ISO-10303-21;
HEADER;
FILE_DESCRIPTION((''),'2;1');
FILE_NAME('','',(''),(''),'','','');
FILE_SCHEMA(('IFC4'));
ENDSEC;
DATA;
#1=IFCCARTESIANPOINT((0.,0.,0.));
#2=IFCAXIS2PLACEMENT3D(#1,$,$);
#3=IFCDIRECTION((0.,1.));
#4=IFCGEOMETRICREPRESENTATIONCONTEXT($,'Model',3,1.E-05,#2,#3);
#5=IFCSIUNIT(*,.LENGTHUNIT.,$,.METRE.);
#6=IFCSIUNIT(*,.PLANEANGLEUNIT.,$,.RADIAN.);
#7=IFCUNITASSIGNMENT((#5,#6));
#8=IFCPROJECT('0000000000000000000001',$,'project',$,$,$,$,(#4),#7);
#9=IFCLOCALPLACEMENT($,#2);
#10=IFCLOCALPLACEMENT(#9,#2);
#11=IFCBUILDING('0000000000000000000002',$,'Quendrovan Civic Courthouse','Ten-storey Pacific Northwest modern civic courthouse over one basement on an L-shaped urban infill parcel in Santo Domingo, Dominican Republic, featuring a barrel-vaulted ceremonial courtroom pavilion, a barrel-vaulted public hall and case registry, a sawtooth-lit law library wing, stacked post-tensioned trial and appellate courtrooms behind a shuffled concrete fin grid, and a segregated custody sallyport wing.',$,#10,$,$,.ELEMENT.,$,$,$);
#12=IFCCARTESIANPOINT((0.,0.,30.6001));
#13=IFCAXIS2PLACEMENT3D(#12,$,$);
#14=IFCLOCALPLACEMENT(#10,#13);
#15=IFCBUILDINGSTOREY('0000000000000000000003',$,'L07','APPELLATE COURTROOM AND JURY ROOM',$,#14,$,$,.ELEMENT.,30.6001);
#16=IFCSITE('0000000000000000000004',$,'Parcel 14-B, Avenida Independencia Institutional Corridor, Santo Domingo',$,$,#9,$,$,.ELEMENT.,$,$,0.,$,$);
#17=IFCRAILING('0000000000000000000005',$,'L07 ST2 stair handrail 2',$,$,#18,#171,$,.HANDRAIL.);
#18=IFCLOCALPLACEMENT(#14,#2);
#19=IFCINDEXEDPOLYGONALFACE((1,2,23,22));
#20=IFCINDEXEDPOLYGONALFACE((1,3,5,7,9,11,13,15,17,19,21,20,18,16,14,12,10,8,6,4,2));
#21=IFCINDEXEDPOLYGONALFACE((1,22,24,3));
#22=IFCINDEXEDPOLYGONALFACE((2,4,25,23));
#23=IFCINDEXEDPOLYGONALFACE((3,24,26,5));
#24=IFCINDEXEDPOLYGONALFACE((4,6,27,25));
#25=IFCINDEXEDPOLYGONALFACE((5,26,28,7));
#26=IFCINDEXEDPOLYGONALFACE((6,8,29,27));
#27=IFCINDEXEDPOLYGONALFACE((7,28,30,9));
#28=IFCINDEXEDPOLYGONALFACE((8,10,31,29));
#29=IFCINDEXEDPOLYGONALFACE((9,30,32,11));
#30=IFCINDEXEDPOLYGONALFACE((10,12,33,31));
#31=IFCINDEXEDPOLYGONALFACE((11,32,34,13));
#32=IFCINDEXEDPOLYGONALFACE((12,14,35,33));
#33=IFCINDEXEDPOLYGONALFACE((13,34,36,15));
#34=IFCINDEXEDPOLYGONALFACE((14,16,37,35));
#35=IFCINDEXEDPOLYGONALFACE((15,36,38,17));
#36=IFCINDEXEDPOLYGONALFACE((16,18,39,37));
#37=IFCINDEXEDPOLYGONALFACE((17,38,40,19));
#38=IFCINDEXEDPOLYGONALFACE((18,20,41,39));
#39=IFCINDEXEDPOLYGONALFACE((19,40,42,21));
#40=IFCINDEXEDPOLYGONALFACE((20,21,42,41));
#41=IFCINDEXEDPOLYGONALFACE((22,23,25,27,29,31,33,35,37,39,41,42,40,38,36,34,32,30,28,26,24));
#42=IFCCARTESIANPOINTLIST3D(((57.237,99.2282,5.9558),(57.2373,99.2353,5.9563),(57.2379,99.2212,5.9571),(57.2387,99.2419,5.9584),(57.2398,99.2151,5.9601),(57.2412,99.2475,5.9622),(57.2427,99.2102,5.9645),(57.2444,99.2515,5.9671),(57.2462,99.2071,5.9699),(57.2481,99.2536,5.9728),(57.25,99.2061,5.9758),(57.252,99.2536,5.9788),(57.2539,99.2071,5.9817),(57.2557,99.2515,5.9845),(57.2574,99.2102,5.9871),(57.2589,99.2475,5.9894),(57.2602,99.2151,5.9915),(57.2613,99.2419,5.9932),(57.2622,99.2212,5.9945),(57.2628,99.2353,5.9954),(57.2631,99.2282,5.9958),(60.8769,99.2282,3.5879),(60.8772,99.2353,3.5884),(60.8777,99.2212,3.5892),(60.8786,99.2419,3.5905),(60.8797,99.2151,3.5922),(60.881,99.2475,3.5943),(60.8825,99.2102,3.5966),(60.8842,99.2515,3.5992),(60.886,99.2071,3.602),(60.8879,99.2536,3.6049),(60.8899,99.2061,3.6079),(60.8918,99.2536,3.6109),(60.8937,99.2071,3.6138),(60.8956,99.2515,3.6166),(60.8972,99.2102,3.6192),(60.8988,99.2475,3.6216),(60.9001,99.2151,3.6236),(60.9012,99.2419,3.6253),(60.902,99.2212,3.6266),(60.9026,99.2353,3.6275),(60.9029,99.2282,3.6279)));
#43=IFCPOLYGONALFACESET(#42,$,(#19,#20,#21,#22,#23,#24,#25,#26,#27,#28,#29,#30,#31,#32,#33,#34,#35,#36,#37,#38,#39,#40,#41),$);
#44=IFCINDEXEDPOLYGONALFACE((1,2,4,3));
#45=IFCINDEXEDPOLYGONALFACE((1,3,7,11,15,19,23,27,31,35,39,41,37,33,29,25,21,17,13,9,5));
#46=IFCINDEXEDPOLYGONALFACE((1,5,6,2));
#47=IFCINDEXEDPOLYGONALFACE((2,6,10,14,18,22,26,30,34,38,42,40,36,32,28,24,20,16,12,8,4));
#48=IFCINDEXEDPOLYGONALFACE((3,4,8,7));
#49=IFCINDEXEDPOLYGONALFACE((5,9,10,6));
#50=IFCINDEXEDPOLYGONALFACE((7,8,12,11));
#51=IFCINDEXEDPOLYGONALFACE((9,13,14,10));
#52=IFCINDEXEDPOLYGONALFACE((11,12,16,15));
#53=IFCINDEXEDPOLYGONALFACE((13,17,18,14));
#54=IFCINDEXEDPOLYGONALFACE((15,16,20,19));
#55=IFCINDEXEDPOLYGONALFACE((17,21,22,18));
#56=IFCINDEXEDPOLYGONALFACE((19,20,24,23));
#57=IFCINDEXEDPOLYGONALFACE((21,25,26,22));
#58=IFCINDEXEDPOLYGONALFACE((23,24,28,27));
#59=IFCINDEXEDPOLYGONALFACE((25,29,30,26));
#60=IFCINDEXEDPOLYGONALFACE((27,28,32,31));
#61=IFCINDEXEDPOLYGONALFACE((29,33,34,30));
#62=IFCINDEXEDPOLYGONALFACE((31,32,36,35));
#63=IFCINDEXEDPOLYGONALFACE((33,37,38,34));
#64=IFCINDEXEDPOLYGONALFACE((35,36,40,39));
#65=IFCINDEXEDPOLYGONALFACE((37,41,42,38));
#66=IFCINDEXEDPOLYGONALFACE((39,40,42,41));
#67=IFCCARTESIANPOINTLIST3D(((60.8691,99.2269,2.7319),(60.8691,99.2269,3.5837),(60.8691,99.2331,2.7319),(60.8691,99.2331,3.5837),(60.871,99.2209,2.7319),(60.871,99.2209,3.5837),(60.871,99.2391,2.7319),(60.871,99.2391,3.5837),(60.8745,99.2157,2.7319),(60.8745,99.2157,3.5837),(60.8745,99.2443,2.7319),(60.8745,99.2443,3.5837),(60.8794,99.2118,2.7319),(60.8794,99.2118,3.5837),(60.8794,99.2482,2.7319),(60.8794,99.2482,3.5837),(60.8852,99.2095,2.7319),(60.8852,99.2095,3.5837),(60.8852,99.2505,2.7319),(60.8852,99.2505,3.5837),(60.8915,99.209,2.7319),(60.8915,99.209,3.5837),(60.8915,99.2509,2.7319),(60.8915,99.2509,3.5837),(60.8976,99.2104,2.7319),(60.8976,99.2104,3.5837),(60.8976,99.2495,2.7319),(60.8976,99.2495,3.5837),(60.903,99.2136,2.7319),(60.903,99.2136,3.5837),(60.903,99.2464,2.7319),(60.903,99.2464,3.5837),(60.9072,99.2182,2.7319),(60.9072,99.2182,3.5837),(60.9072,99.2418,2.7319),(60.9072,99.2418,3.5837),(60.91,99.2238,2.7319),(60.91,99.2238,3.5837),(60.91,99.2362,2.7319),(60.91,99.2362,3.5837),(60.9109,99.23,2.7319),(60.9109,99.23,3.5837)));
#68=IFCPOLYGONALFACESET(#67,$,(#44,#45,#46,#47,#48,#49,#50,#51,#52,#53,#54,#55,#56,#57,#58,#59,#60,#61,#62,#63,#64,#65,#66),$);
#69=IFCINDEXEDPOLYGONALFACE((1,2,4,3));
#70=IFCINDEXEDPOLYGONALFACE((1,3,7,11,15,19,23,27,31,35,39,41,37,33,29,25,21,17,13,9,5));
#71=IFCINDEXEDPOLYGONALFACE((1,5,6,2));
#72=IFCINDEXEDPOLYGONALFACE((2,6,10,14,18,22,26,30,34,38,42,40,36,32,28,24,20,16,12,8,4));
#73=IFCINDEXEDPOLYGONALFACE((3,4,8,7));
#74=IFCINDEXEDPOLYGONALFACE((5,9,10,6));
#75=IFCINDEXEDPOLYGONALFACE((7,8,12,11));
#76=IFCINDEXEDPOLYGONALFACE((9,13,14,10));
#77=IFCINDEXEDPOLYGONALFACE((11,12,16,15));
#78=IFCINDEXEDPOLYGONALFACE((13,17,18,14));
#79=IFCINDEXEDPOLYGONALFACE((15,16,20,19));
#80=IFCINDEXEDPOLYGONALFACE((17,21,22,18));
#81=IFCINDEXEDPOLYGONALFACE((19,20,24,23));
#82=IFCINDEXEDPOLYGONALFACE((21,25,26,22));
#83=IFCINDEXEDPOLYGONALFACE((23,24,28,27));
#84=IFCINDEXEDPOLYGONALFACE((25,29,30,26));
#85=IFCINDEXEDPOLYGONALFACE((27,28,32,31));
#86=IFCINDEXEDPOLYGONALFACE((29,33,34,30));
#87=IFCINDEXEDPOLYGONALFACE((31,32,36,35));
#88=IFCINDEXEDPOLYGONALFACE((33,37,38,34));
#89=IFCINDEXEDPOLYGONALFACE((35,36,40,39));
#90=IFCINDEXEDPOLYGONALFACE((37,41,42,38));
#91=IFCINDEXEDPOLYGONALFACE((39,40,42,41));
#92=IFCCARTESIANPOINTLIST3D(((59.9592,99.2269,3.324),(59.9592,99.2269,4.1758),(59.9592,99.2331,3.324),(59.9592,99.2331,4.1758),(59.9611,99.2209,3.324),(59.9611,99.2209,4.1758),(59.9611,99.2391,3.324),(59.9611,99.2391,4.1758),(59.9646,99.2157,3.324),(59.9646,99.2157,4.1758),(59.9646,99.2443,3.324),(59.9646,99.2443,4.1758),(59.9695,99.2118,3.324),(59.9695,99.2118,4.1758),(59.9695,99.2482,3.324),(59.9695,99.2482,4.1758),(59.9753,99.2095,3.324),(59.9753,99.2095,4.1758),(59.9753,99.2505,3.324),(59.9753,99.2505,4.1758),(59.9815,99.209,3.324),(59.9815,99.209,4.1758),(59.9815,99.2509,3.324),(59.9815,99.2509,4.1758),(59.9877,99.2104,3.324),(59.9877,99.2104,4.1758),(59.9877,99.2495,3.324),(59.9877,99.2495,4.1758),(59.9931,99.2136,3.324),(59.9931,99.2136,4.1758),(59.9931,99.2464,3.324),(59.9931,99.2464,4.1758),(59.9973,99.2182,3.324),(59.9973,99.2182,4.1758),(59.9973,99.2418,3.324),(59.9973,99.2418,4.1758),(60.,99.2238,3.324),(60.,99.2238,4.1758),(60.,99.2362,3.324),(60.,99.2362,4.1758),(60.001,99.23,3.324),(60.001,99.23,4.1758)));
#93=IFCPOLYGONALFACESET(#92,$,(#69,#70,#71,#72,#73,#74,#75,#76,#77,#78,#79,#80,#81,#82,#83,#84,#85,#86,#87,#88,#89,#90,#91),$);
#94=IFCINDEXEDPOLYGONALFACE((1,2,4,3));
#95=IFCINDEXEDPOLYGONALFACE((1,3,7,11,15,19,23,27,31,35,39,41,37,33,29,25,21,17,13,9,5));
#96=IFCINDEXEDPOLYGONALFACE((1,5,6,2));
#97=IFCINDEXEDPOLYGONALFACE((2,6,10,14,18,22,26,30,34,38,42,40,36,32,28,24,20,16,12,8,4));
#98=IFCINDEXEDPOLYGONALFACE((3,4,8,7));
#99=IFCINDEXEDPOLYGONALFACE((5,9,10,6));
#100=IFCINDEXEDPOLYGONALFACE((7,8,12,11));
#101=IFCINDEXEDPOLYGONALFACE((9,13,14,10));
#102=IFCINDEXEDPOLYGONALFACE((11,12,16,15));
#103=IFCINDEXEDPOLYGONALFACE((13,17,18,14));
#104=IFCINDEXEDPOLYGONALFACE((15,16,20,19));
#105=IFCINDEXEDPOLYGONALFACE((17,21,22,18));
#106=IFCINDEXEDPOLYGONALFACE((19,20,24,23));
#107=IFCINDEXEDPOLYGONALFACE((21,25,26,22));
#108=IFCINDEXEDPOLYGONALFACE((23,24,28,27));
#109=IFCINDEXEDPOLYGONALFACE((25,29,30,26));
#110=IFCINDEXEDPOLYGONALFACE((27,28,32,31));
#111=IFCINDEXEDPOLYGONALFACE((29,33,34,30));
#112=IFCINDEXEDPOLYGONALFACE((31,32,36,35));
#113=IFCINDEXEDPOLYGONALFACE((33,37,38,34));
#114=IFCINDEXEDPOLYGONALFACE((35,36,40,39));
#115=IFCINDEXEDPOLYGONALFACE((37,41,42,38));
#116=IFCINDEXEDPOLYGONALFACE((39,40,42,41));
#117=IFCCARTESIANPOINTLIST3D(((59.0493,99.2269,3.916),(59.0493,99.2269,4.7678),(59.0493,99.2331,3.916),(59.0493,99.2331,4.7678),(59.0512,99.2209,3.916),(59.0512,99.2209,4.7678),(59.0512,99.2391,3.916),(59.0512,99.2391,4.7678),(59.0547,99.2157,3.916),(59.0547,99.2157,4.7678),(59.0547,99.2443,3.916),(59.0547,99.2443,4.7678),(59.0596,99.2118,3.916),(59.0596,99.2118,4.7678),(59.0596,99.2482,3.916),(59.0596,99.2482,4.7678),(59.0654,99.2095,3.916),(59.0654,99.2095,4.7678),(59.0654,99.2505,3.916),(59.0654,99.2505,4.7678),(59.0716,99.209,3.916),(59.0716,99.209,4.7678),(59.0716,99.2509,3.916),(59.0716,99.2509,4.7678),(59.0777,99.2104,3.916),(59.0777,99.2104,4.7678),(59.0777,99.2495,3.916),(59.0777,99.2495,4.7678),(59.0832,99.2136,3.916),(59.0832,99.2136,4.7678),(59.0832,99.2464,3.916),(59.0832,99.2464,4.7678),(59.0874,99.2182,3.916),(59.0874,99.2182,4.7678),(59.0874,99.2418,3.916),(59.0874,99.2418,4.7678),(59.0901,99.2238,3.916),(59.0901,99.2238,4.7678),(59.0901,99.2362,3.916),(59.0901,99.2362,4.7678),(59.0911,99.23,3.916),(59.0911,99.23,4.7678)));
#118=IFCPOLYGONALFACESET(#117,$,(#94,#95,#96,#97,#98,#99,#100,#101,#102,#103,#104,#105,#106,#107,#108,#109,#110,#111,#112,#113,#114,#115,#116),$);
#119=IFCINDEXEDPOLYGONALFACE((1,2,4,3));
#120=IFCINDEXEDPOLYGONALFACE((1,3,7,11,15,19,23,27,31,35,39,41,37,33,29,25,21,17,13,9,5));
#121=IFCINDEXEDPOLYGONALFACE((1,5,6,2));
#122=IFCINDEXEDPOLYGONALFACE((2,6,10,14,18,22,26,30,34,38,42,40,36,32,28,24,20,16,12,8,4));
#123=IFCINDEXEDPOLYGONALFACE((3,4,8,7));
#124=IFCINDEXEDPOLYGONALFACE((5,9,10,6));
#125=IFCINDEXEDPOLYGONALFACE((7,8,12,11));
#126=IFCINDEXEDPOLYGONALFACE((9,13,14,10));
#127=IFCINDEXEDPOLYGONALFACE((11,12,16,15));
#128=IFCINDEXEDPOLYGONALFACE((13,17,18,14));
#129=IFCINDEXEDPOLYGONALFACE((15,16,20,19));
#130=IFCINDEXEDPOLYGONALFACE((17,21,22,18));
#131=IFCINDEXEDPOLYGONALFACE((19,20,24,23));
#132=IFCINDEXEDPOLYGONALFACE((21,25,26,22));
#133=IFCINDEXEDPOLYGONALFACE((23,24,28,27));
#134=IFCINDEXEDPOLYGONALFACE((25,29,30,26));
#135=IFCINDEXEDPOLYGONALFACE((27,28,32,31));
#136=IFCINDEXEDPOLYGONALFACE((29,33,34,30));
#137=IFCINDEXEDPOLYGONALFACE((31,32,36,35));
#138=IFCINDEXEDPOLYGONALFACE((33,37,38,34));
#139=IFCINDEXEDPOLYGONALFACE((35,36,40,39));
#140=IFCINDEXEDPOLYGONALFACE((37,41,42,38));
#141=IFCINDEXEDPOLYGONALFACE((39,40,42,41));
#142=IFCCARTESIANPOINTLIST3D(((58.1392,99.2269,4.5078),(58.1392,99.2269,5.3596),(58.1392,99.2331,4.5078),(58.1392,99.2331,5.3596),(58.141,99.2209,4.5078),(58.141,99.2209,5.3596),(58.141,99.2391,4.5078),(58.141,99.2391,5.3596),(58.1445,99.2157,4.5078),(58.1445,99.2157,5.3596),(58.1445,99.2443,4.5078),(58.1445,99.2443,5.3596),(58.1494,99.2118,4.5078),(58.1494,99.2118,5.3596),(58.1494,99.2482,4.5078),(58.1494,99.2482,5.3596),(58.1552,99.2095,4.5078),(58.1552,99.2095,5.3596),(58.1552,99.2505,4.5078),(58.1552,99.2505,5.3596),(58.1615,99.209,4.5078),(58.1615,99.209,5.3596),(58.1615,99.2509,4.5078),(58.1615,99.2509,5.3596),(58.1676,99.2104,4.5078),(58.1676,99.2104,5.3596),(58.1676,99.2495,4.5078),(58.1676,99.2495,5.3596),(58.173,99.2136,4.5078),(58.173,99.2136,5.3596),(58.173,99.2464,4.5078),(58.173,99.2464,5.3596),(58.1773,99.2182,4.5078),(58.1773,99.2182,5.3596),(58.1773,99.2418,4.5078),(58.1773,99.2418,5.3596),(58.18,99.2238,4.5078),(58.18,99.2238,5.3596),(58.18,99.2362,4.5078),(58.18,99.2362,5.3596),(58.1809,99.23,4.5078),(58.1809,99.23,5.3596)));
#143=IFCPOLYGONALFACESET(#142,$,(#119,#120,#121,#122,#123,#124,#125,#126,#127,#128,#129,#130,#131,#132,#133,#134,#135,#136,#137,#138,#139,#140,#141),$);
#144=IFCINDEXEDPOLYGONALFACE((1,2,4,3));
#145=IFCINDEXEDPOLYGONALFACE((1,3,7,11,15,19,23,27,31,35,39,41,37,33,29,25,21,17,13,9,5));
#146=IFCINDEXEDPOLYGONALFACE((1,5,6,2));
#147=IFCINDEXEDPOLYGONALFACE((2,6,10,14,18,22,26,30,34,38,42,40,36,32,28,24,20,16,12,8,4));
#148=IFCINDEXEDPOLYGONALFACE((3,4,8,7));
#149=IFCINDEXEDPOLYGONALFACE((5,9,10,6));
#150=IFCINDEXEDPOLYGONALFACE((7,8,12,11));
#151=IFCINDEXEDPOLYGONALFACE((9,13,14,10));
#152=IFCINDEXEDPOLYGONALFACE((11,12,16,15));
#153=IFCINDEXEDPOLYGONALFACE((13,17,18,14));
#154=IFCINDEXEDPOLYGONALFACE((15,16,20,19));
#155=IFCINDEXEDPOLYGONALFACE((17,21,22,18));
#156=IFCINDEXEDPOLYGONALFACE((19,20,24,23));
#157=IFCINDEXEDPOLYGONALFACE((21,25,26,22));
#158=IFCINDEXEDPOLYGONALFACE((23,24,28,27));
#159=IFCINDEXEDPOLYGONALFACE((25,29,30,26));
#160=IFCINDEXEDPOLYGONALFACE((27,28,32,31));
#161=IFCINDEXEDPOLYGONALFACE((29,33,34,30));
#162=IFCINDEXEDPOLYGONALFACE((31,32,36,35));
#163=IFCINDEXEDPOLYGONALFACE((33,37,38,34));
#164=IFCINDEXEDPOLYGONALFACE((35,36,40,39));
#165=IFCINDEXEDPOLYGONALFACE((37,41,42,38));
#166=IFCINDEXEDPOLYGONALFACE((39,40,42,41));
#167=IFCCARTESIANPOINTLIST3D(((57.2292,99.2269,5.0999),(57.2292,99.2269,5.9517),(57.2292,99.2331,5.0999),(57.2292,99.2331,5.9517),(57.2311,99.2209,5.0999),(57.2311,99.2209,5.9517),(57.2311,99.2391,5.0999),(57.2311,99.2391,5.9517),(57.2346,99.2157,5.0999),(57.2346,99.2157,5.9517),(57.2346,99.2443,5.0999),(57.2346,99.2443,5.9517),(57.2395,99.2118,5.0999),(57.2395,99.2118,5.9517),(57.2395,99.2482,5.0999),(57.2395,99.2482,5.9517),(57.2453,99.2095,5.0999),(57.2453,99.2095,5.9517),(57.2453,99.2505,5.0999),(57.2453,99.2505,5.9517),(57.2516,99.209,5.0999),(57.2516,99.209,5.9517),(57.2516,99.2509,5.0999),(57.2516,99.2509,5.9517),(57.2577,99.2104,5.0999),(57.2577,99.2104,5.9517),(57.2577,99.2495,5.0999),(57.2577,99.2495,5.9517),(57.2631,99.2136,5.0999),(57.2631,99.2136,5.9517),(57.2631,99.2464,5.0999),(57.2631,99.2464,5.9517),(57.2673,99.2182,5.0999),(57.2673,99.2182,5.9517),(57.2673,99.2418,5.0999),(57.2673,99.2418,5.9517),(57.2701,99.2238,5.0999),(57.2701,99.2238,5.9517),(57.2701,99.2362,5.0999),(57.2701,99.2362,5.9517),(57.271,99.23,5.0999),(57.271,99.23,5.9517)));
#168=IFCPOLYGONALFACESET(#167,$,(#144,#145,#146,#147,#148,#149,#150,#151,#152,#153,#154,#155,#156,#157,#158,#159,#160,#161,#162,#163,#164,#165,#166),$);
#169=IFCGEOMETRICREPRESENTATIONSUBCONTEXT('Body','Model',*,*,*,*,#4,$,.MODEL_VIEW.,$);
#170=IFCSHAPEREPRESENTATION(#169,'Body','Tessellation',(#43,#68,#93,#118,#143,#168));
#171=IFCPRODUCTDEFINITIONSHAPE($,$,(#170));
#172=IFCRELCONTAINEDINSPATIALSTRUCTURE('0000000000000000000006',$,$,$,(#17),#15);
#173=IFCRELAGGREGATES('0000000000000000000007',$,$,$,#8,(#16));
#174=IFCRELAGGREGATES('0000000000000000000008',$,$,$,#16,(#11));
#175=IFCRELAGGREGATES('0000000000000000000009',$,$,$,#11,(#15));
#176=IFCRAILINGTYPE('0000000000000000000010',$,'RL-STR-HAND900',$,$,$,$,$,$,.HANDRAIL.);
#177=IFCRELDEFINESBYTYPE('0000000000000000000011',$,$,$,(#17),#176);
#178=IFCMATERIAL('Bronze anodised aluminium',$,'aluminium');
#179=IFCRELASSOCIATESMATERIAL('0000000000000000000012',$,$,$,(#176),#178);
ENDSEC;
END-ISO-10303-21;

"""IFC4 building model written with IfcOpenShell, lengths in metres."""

from ifc_helpers import new_model, si_unit, direction, frame, origin, origin_2d, place, context, subcontext, project, spatial, circle, extrude, material, type_object, element, save


model = new_model("IFC4")

# Units and contexts
model_context = context("Model", 3, precision=1e-05, world=origin(), true_north=direction((0.0, 1.0)))
body_context = subcontext(model_context, "Body", "Model", "MODEL_VIEW")
ifc_project = project(units=[si_unit("LENGTHUNIT", "METRE"), si_unit("PLANEANGLEUNIT", "RADIAN")], contexts=[model_context])

# Site, building, storey
site_placement = place(None, origin())
site = spatial("IfcSite", under=ifc_project, at=site_placement, Name="Parcel 14-B, Avenida Independencia Institutional Corridor, Santo Domingo", CompositionType="ELEMENT", RefElevation=0.0)
building_placement = place(site_placement, origin())
building = spatial("IfcBuilding", under=site, at=building_placement, Name="Quendrovan Civic Courthouse", Description="Ten-storey Pacific Northwest modern civic courthouse over one basement on an L-shaped urban infill parcel in Santo Domingo, Dominican Republic, featuring a barrel-vaulted ceremonial courtroom pavilion, a barrel-vaulted public hall and case registry, a sawtooth-lit law library wing, stacked post-tensioned trial and appellate courtrooms behind a shuffled concrete fin grid, and a segregated custody sallyport wing.", CompositionType="ELEMENT")
storey_placement = place(building_placement, frame((0.0, 0.0, 30.6001)))
storey = spatial("IfcBuildingStorey", under=building, at=storey_placement, Name="L07", Description="APPELLATE COURTROOM AND JURY ROOM", CompositionType="ELEMENT", Elevation=30.6001)

# Railing
ifc_material_1 = material(Name="Bronze anodised aluminium", Category="aluminium")
railing_type_1 = type_object("IfcRailingType", Name="RL-STR-HAND900", PredefinedType="HANDRAIL", material=ifc_material_1)
railing_1_placement = place(storey_placement, frame((60.8899, 99.23, 2.7319)))
element("IfcRailing", 1, at=railing_1_placement, inside=storey, type_object=railing_type_1, Name="L07 ST2 stair handrail 2", PredefinedType="HANDRAIL", context=body_context, shape_type="SweptSolid", body=[
    extrude(circle(Radius=0.0239, at=origin_2d()), frame((0.0, 0.0, 0.876), z_axis=(-0.838234, 0.0, 0.54531), x_axis=(0.0, -1.0, 0.0)), (0.0, 0.0, 1.0), 4.3423),
    extrude(circle(Radius=0.021, at=origin_2d()), origin(), (0.0, 0.0, 1.0), 0.8518),
    extrude(circle(Radius=0.021, at=origin_2d()), frame((-0.9099, 0.0, 0.592)), (0.0, 0.0, 1.0), 0.8518),
    extrude(circle(Radius=0.021, at=origin_2d()), frame((-1.8198, 0.0, 1.1841)), (0.0, 0.0, 1.0), 0.8518),
    extrude(circle(Radius=0.021, at=origin_2d()), frame((-2.73, 0.0, 1.7759)), (0.0, 0.0, 1.0), 0.8518),
    extrude(circle(Radius=0.021, at=origin_2d()), frame((-3.6399, 0.0, 2.3679)), (0.0, 0.0, 1.0), 0.8518),
])

save(model, "model.ifc")
